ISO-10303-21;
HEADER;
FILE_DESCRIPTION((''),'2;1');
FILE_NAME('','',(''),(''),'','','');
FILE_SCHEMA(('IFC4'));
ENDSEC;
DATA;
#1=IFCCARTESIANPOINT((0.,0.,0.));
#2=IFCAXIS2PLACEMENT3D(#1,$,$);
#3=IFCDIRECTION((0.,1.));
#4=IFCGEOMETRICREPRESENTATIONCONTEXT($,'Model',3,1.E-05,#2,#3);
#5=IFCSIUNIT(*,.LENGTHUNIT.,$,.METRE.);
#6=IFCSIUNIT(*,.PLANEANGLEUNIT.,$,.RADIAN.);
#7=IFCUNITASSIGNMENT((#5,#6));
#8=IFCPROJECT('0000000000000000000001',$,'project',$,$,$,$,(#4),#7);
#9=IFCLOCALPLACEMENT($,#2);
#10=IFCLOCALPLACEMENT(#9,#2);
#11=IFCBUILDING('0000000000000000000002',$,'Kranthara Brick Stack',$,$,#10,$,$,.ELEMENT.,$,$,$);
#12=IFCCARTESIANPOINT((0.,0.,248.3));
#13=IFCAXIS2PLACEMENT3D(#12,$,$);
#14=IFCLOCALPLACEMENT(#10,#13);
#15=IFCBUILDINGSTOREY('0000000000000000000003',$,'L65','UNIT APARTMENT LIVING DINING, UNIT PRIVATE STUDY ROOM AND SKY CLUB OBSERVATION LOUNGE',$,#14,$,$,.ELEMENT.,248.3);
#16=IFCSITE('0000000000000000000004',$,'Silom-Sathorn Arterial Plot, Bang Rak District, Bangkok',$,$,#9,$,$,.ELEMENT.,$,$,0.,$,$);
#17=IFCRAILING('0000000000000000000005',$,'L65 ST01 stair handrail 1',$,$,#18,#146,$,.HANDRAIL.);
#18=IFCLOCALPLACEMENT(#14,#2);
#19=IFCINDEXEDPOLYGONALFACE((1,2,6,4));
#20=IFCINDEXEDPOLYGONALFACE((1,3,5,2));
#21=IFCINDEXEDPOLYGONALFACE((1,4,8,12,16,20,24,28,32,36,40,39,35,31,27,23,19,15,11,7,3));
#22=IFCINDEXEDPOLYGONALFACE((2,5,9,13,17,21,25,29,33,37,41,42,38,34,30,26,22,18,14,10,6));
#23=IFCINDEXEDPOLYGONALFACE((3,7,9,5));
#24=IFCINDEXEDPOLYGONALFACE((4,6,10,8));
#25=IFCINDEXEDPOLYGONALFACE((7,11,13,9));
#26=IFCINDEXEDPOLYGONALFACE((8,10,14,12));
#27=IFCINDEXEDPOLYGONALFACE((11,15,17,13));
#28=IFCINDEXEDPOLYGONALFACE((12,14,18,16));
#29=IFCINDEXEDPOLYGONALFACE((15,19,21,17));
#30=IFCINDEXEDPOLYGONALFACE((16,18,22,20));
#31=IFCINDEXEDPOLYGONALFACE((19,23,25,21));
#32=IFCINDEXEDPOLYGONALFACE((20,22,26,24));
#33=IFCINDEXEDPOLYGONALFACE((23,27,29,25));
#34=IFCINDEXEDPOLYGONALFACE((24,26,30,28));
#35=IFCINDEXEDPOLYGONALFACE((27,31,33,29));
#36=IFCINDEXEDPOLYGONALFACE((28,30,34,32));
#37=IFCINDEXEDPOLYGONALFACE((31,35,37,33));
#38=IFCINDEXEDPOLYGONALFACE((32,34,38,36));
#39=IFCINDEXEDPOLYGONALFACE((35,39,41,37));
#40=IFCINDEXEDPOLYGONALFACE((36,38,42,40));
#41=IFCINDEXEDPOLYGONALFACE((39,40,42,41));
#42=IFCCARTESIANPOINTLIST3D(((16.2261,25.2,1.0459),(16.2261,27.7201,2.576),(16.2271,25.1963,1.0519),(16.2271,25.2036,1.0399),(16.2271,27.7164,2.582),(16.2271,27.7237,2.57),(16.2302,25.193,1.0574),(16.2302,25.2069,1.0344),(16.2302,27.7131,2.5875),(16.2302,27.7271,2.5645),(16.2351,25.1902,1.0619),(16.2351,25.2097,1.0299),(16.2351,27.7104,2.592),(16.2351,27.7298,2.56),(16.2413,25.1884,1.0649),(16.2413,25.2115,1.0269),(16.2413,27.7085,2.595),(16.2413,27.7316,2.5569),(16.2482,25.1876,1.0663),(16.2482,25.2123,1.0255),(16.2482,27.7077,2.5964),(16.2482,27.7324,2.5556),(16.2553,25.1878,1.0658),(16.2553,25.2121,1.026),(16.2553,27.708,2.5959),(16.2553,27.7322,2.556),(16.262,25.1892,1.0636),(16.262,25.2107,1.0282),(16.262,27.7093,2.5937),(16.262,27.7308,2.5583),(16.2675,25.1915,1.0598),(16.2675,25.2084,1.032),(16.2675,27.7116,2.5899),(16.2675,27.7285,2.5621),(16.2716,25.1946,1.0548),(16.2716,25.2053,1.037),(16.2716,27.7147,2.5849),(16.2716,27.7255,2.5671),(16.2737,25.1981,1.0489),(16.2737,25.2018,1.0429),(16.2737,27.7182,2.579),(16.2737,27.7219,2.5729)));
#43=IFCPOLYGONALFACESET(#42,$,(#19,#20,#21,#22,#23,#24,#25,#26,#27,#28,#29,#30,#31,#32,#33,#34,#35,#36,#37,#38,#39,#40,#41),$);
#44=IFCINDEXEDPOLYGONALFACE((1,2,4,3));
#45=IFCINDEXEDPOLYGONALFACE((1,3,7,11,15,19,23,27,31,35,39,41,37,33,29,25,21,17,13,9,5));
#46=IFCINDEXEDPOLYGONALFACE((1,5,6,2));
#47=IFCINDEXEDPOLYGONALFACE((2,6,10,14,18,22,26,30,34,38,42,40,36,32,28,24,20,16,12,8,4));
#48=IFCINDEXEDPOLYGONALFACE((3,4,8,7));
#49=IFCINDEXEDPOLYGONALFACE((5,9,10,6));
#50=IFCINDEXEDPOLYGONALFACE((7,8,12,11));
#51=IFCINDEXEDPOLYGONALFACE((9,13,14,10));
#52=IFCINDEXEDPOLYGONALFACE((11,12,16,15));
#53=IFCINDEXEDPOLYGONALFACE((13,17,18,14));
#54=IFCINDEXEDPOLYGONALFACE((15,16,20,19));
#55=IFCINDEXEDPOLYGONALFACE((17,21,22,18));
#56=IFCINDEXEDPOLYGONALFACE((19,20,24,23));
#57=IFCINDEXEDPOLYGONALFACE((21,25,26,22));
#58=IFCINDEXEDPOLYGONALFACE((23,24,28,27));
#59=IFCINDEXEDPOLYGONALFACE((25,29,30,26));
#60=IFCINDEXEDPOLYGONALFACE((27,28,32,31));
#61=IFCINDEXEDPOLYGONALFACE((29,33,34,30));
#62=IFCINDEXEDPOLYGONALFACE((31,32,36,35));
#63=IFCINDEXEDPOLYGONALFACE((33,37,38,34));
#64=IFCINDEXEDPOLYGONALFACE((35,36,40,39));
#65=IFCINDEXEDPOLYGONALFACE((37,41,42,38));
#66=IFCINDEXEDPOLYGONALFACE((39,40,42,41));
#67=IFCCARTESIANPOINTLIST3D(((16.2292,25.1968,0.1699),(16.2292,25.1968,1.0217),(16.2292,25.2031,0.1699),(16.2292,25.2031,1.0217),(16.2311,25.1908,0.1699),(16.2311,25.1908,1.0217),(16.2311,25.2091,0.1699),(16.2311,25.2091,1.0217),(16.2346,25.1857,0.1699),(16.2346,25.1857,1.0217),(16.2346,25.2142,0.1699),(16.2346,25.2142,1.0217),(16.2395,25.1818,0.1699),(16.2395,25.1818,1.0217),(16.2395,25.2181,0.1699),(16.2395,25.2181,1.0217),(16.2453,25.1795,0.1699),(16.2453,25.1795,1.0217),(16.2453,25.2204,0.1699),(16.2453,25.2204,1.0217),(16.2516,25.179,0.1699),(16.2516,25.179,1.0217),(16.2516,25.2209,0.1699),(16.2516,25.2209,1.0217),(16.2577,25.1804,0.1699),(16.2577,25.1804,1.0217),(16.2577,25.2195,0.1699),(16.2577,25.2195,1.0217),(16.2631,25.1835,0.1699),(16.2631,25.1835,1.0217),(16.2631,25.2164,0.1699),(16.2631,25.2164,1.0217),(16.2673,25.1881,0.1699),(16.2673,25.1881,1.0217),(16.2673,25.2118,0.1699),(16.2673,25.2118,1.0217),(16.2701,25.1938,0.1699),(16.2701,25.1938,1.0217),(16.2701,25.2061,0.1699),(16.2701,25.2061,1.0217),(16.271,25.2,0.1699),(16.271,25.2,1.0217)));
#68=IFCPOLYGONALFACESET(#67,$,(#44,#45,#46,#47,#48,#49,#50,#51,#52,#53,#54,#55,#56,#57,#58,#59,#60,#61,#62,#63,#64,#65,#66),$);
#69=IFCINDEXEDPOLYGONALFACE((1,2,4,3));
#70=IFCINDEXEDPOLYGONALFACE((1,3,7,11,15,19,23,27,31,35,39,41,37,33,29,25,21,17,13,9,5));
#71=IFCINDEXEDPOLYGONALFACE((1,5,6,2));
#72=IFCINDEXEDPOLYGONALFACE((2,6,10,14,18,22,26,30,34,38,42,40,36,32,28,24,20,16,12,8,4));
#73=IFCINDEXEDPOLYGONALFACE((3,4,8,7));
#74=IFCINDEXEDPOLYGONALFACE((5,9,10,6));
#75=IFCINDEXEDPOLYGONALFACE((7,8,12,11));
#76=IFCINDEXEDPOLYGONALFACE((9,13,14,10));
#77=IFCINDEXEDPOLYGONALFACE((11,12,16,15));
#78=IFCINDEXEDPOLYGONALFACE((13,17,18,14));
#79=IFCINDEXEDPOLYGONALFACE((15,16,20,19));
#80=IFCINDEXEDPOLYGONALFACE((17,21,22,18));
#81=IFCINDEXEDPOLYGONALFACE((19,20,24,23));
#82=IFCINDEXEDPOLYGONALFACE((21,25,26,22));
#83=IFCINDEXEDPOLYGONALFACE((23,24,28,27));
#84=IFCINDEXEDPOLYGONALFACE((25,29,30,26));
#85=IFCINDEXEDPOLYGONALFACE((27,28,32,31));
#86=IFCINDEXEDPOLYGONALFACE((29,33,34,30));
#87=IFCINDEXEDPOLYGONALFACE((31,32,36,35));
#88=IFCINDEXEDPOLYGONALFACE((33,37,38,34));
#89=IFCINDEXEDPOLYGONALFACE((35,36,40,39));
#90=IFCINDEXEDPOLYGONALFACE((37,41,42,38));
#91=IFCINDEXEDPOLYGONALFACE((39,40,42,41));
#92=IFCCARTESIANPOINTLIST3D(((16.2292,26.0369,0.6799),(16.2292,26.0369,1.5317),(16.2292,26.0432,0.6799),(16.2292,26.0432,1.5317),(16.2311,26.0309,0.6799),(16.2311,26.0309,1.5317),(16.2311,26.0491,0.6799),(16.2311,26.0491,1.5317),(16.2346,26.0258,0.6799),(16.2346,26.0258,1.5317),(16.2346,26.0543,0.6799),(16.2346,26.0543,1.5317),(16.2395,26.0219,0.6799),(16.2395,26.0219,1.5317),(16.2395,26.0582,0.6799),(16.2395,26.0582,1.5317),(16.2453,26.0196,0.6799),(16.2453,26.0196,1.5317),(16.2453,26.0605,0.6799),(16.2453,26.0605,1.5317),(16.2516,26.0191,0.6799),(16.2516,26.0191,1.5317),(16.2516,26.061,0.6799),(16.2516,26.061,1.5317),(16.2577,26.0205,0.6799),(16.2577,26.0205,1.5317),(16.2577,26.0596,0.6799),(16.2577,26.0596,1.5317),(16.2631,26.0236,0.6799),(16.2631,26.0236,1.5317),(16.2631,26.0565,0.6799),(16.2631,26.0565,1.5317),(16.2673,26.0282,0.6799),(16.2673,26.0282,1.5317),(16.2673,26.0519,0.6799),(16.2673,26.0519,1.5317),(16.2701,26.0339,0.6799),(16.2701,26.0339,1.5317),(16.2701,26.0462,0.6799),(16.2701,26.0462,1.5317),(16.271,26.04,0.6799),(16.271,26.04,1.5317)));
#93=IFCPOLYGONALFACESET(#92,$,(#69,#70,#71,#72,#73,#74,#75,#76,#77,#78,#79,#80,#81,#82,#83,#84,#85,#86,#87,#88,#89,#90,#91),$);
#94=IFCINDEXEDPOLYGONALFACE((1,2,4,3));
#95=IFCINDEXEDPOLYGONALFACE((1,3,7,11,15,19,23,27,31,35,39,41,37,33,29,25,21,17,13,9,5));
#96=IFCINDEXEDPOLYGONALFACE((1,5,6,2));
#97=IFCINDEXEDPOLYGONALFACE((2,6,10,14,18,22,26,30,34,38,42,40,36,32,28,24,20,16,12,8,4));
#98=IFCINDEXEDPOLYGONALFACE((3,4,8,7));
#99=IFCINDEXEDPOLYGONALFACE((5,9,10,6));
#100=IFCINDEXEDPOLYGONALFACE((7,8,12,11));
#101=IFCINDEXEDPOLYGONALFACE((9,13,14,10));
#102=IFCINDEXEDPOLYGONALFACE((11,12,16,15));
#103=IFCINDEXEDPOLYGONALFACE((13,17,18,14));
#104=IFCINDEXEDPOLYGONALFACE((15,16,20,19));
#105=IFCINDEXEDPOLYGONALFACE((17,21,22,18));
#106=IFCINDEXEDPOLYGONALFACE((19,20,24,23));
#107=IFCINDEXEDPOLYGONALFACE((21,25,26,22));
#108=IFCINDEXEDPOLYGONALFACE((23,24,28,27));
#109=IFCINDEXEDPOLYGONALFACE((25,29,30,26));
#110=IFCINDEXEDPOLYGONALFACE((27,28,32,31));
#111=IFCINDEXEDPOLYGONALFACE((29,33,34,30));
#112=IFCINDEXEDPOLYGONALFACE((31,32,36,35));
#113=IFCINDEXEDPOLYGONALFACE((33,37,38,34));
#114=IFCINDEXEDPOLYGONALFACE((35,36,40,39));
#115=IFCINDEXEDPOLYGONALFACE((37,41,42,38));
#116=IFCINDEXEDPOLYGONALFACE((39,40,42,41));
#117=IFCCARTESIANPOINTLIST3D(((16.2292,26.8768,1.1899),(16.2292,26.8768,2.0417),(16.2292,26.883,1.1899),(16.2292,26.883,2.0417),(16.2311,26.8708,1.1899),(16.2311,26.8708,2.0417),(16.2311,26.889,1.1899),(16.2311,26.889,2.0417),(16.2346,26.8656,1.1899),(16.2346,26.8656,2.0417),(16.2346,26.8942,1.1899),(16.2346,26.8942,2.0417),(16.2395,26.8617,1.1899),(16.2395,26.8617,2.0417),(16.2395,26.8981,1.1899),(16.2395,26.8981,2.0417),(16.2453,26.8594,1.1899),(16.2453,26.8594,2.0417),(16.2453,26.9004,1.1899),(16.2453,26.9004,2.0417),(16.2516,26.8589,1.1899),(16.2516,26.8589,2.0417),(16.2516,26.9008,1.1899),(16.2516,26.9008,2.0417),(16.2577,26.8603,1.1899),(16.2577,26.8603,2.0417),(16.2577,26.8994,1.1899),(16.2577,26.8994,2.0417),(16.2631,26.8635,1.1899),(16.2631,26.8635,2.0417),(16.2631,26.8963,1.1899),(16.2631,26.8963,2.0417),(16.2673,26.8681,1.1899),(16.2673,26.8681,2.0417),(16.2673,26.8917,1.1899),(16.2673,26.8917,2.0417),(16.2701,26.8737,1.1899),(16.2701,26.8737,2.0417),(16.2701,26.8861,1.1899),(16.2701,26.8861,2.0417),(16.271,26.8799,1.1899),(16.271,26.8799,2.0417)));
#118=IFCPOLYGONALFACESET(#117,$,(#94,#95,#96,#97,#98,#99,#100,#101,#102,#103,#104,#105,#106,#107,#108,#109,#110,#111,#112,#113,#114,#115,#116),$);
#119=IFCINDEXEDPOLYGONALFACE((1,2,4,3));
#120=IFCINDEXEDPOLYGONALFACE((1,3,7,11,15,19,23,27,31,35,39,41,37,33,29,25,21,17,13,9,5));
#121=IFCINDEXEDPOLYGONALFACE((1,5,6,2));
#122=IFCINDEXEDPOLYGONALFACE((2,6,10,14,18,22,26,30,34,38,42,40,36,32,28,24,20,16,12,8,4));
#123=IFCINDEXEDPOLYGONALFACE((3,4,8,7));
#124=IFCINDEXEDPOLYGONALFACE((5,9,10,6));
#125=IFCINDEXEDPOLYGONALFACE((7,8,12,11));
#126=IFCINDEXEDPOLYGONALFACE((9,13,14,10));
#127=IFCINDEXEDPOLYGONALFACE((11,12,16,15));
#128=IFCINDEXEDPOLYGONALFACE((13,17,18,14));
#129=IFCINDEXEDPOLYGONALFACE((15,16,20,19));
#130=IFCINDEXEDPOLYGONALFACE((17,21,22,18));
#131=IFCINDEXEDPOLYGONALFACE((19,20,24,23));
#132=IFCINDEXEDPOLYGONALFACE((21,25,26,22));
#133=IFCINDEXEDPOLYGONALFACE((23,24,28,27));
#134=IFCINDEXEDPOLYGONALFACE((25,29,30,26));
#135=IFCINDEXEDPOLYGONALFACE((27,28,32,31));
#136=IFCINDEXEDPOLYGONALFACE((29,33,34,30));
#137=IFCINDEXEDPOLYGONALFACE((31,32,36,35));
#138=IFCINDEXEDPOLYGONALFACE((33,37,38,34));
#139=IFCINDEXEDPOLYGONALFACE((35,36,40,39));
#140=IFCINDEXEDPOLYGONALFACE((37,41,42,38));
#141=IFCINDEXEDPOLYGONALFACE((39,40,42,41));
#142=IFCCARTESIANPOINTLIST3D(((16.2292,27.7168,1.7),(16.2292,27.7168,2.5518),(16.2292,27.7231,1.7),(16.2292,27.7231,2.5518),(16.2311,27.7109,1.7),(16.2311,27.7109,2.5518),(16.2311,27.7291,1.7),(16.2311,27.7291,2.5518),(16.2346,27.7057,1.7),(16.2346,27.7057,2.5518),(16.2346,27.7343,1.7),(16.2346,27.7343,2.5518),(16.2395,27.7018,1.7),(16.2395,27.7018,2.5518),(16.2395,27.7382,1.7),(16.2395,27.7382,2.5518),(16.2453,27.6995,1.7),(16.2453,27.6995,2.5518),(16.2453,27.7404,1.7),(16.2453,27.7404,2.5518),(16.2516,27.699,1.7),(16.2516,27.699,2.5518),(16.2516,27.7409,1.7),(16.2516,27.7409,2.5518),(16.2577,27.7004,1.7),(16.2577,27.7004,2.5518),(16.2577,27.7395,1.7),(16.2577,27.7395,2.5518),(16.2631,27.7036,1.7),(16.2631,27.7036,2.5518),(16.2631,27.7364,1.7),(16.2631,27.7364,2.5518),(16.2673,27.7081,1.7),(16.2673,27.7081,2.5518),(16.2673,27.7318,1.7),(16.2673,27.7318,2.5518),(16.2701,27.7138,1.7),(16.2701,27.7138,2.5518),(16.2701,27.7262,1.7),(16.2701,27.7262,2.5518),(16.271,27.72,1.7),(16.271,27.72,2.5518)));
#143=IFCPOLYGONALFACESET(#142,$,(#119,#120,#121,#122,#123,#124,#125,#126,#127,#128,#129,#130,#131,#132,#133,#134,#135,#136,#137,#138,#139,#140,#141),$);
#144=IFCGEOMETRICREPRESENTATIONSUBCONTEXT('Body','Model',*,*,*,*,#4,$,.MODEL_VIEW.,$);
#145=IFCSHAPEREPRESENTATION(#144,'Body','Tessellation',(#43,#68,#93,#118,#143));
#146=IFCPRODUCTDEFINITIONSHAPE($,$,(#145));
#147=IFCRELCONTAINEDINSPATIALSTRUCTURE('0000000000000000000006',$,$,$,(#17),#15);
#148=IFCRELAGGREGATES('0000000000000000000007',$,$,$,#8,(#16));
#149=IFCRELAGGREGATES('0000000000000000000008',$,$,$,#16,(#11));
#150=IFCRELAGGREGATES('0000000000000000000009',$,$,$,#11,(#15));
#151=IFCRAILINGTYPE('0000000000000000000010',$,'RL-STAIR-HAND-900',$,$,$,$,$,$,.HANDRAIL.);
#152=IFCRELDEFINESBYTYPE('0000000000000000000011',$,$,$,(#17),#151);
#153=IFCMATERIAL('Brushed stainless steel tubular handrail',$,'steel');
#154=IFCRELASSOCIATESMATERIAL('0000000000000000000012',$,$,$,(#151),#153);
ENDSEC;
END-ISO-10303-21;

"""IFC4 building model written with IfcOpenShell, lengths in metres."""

from ifc_helpers import new_model, si_unit, direction, frame, origin, origin_2d, place, context, subcontext, project, spatial, circle, extrude, material, type_object, element, save


model = new_model("IFC4")

# Units and contexts
model_context = context("Model", 3, precision=1e-05, world=origin(), true_north=direction((0.0, 1.0)))
body_context = subcontext(model_context, "Body", "Model", "MODEL_VIEW")
ifc_project = project(units=[si_unit("LENGTHUNIT", "METRE"), si_unit("PLANEANGLEUNIT", "RADIAN")], contexts=[model_context])

# Site, building, storey
site_placement = place(None, origin())
site = spatial("IfcSite", under=ifc_project, at=site_placement, Name="Silom-Sathorn Arterial Plot, Bang Rak District, Bangkok", CompositionType="ELEMENT", RefElevation=0.0)
building_placement = place(site_placement, origin())
building = spatial("IfcBuilding", under=site, at=building_placement, Name="Kranthara Brick Stack", CompositionType="ELEMENT")
storey_placement = place(building_placement, frame((0.0, 0.0, 248.3)))
storey = spatial("IfcBuildingStorey", under=building, at=storey_placement, Name="L65", Description="UNIT APARTMENT LIVING DINING, UNIT PRIVATE STUDY ROOM AND SKY CLUB OBSERVATION LOUNGE", CompositionType="ELEMENT", Elevation=248.3)

# Railing
ifc_material_1 = material(Name="Brushed stainless steel tubular handrail", Category="steel")
railing_type_1 = type_object("IfcRailingType", Name="RL-STAIR-HAND-900", PredefinedType="HANDRAIL", material=ifc_material_1)
railing_1_placement = place(storey_placement, frame((16.25, 25.2, 0.1699)))
element("IfcRailing", 1, at=railing_1_placement, inside=storey, type_object=railing_type_1, Name="L65 ST01 stair handrail 1", PredefinedType="HANDRAIL", context=body_context, shape_type="SweptSolid", body=[
    extrude(circle(Radius=0.0239, at=origin_2d()), frame((0.0, 0.0, 0.876), z_axis=(0.0, 0.854785, 0.518982), x_axis=(-1.0, 0.0, 0.0)), (0.0, 0.0, 1.0), 2.9482),
    extrude(circle(Radius=0.021, at=origin_2d()), origin(), (0.0, 0.0, 1.0), 0.8518),
    extrude(circle(Radius=0.021, at=origin_2d()), frame((0.0, 0.8401, 0.51)), (0.0, 0.0, 1.0), 0.8518),
    extrude(circle(Radius=0.021, at=origin_2d()), frame((0.0, 1.6799, 1.02)), (0.0, 0.0, 1.0), 0.8518),
    extrude(circle(Radius=0.021, at=origin_2d()), frame((0.0, 2.52, 1.53)), (0.0, 0.0, 1.0), 0.8518),
])

save(model, "model.ifc")
